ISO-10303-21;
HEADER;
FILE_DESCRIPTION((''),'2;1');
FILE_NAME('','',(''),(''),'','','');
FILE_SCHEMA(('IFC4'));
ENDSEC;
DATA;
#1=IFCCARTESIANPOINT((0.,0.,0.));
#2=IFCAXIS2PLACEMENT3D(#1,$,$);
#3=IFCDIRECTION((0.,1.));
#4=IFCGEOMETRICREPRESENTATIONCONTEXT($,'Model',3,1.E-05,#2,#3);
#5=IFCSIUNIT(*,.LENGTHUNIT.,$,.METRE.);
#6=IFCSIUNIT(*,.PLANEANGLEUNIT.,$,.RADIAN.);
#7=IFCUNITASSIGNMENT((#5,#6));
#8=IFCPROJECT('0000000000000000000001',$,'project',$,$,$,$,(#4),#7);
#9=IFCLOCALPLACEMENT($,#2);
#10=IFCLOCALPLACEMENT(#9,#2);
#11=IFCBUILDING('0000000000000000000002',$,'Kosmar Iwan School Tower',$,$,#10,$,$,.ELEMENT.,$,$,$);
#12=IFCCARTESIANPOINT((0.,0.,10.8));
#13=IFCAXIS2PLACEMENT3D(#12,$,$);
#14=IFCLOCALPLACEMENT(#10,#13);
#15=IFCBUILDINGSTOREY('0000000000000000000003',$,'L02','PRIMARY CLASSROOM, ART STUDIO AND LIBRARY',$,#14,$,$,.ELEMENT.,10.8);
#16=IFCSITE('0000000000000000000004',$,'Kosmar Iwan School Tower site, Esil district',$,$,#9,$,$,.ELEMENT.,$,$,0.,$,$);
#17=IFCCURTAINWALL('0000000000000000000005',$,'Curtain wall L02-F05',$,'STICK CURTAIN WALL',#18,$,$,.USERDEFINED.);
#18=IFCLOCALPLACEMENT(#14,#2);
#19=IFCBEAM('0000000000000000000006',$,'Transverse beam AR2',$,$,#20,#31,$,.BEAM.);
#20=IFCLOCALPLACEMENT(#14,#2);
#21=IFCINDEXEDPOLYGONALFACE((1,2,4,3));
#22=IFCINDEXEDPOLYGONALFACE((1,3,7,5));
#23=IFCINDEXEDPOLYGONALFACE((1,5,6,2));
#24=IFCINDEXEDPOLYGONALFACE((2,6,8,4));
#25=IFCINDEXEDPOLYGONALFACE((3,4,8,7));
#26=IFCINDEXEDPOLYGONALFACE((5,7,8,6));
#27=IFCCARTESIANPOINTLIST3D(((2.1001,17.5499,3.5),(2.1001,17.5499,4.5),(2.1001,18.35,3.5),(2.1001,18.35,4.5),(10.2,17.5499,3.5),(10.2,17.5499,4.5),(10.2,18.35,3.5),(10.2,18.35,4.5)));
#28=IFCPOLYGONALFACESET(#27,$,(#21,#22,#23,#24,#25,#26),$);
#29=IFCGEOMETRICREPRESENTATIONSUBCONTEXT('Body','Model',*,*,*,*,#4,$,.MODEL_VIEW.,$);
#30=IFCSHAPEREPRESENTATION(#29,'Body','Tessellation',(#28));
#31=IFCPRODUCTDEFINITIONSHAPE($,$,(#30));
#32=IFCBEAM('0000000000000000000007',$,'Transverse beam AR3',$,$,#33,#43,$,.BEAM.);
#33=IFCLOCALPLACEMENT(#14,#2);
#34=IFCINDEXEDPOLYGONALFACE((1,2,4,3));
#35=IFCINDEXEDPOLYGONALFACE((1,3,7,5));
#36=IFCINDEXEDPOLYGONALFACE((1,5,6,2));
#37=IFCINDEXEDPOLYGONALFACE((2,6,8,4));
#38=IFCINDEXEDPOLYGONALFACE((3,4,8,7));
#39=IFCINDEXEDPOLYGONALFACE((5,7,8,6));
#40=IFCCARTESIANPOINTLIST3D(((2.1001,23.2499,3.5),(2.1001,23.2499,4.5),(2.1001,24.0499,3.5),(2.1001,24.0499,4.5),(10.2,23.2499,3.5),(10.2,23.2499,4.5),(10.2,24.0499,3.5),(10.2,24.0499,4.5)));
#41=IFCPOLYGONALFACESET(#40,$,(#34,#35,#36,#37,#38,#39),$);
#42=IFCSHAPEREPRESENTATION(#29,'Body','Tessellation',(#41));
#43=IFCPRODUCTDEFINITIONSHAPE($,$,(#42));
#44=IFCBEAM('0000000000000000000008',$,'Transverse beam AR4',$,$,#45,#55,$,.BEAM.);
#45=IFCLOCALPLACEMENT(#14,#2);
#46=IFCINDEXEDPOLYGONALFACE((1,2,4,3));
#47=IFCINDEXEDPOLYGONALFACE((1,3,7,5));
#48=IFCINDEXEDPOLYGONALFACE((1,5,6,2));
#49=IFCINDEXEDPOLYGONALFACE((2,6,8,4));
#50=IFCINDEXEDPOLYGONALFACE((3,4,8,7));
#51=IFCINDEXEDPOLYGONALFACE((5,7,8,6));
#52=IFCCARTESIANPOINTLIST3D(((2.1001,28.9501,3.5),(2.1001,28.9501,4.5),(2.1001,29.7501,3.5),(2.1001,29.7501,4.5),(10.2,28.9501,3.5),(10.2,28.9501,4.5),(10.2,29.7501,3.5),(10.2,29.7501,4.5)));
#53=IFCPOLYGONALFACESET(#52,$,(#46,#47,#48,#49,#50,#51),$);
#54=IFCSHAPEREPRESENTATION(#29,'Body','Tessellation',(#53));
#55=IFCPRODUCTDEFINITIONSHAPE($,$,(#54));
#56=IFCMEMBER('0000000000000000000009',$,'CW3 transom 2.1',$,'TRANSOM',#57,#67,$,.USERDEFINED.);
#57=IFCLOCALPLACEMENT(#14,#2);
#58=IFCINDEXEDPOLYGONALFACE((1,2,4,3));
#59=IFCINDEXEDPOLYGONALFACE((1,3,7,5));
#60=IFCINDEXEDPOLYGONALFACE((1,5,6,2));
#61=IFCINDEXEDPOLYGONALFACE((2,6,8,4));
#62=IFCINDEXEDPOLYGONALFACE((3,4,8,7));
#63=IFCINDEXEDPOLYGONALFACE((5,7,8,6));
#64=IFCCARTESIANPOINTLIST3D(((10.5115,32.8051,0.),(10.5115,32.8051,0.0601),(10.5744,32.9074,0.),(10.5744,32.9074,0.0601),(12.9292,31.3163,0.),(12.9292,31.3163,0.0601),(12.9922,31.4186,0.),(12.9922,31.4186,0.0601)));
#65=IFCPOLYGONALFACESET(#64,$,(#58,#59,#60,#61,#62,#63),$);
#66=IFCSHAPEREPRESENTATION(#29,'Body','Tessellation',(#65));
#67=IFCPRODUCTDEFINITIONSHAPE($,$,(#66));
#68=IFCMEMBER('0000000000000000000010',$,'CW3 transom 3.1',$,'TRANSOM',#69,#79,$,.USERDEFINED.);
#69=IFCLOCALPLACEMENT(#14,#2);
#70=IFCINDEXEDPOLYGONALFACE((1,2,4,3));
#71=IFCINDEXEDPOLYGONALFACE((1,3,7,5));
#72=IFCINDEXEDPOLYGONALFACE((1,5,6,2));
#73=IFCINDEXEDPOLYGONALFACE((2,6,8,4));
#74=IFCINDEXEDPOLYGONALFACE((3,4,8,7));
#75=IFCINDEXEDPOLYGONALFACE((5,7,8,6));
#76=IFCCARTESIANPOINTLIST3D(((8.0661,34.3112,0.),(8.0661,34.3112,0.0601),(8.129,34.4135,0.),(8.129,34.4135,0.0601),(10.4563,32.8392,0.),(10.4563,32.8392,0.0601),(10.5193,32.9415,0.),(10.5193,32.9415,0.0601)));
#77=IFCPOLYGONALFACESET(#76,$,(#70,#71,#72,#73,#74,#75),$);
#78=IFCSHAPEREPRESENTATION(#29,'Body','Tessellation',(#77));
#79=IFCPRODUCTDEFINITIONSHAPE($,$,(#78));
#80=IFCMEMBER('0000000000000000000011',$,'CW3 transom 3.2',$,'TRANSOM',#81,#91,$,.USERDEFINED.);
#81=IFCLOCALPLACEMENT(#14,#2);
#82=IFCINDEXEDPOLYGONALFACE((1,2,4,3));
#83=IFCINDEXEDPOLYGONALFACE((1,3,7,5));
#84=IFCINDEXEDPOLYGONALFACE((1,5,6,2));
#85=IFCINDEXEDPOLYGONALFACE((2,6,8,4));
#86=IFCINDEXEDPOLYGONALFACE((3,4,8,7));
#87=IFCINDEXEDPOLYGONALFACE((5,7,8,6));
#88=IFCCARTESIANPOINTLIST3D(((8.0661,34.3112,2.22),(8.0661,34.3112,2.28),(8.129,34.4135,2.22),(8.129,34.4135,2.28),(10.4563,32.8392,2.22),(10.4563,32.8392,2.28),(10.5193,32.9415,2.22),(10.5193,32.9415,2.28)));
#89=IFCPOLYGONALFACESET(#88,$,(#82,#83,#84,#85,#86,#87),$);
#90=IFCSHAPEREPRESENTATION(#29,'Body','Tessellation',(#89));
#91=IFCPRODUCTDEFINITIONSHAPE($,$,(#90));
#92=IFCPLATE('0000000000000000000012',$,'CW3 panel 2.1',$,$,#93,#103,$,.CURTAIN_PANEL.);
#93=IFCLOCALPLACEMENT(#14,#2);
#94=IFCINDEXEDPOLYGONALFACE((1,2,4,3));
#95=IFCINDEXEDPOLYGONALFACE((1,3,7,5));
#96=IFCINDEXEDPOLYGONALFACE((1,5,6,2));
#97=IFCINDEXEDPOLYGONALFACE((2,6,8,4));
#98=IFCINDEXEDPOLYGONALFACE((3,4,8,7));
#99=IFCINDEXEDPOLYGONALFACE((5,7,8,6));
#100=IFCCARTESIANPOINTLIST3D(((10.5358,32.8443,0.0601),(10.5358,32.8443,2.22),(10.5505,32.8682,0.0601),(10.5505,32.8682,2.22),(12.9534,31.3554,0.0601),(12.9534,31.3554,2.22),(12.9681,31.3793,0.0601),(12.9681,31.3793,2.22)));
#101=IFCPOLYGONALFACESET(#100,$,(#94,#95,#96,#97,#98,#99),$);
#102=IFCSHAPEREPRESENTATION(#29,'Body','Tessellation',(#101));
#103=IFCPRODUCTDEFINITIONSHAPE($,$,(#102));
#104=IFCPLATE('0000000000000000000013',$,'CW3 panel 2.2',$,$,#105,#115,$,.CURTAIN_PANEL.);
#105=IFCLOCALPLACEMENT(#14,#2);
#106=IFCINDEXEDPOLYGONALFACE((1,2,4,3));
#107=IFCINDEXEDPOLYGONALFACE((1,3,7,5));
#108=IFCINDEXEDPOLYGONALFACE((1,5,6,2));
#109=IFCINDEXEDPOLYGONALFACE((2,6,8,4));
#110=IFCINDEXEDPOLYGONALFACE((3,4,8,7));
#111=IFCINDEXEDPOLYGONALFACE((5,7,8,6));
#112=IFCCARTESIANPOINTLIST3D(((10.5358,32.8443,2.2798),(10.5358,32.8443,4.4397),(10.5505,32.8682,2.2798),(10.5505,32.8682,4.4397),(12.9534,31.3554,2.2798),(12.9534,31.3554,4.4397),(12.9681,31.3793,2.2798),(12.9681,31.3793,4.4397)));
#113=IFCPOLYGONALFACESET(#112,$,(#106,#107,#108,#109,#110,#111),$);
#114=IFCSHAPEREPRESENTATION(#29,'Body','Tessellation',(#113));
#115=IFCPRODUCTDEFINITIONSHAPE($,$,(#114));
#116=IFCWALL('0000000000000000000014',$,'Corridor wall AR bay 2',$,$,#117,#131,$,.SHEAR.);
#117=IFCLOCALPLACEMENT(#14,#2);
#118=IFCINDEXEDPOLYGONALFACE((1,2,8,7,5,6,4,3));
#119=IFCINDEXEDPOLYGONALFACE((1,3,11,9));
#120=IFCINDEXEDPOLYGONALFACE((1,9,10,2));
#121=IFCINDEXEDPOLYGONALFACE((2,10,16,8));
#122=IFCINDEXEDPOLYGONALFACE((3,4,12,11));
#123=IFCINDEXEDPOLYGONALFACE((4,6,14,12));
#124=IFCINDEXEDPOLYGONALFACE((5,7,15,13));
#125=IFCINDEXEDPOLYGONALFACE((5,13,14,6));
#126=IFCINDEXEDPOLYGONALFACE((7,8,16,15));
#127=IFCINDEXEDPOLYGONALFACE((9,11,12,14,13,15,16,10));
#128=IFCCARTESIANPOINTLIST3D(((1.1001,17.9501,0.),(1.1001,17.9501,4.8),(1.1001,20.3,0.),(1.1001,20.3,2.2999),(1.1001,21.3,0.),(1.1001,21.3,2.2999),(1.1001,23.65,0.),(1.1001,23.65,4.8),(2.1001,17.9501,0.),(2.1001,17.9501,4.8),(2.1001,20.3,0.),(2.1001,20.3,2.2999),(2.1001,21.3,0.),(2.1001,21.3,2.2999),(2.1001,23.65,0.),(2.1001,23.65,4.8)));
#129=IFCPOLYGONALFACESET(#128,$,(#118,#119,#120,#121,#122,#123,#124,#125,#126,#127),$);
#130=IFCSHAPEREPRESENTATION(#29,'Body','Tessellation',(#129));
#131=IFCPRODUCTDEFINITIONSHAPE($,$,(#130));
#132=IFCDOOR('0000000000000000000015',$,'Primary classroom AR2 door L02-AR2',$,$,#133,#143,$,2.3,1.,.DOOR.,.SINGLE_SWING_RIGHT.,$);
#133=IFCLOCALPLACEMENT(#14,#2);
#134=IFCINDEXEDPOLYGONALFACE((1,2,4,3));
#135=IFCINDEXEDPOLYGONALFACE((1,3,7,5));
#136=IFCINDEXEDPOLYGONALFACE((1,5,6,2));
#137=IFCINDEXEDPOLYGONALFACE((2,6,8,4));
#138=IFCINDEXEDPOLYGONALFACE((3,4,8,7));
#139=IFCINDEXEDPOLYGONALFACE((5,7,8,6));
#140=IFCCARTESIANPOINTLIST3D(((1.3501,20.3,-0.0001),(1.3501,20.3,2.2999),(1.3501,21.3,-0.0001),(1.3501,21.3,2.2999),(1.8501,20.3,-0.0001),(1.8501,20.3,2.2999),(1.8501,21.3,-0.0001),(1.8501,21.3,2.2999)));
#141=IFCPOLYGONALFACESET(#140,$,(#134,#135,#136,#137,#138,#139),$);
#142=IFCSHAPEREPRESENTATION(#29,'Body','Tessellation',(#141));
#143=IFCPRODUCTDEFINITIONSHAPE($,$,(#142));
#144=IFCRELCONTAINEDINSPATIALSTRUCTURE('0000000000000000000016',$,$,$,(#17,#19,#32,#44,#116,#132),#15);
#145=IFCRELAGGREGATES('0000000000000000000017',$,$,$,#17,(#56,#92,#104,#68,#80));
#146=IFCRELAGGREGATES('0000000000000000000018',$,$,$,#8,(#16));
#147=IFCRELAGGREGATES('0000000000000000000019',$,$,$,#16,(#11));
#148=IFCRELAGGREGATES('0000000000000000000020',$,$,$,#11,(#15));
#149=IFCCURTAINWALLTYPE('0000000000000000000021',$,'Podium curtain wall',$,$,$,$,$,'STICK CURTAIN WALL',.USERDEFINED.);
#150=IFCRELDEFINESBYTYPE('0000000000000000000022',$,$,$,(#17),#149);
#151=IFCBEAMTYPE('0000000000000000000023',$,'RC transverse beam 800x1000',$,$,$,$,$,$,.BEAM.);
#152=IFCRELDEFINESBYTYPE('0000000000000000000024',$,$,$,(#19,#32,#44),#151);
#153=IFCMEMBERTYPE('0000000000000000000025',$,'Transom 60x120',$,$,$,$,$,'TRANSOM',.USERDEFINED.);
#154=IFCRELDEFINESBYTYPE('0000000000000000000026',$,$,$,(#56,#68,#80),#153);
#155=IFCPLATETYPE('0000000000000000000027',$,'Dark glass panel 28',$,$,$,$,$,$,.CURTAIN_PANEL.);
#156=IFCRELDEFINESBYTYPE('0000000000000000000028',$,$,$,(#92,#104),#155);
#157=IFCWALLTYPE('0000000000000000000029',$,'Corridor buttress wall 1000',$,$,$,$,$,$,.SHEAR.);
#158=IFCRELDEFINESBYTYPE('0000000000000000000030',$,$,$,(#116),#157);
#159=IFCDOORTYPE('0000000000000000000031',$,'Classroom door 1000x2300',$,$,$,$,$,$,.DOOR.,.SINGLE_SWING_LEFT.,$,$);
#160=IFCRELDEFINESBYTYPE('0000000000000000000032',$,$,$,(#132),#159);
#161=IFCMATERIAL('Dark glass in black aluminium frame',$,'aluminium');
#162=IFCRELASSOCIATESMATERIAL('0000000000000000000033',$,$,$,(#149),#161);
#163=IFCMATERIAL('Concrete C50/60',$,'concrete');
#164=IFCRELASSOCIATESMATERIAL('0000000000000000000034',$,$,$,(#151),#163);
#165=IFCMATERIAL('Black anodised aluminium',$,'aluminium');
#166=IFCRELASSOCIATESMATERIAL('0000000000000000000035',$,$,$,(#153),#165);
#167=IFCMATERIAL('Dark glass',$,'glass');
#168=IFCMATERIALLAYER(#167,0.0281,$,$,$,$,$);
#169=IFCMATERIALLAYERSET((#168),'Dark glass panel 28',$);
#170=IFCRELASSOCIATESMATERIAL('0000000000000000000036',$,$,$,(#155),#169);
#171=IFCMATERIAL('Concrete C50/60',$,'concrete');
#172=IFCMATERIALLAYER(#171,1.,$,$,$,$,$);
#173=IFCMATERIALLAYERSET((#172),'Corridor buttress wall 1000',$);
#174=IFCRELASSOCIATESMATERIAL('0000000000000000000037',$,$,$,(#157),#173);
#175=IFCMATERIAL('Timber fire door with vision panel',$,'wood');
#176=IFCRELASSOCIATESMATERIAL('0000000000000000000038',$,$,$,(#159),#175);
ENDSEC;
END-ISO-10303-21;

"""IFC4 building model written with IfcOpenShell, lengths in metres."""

from ifc_helpers import new_model, si_unit, direction, frame, frame_2d, origin, origin_2d, place, context, subcontext, project, spatial, rectangle, extrude, material, layer, layer_set, material_profile, profile_set, type_object, element, fill, aggregate, save


model = new_model("IFC4")

# Units and contexts
model_context = context("Model", 3, precision=1e-05, world=origin(), true_north=direction((0.0, 1.0)))
body_context = subcontext(model_context, "Body", "Model", "MODEL_VIEW")
ifc_project = project(units=[si_unit("LENGTHUNIT", "METRE"), si_unit("PLANEANGLEUNIT", "RADIAN")], contexts=[model_context])

# Site, building, storey
site_placement = place(None, origin())
site = spatial("IfcSite", under=ifc_project, at=site_placement, Name="Kosmar Iwan School Tower site, Esil district", CompositionType="ELEMENT", RefElevation=0.0)
building_placement = place(site_placement, origin())
building = spatial("IfcBuilding", under=site, at=building_placement, Name="Kosmar Iwan School Tower", CompositionType="ELEMENT")
storey_placement = place(building_placement, frame((0.0, 0.0, 10.8)))
storey = spatial("IfcBuildingStorey", under=building, at=storey_placement, Name="L02", Description="PRIMARY CLASSROOM, ART STUDIO AND LIBRARY", CompositionType="ELEMENT", Elevation=10.8)

# Curtain wall
ifc_material_1 = material(Name="Dark glass in black aluminium frame", Category="aluminium")
curtain_wall_type = type_object("IfcCurtainWallType", Name="Podium curtain wall", ElementType="STICK CURTAIN WALL", PredefinedType="USERDEFINED", material=ifc_material_1)
curtain_wall_placement = place(storey_placement, origin())
curtain_wall = element("IfcCurtainWall", 1, at=curtain_wall_placement, inside=storey, type_object=curtain_wall_type, Name="Curtain wall L02-F05", ObjectType="STICK CURTAIN WALL", PredefinedType="USERDEFINED")

# Beams
ifc_material_2 = material(Name="Concrete C50/60", Category="concrete")
ifc_material_profile_1 = material_profile(ifc_material_2, rectangle(XDim=0.8, YDim=1.0, at=origin_2d()), Name="RC 800x1000")
ifc_profile_set_1 = profile_set([ifc_material_profile_1], Name="Concrete C50/60")
beam_type_1 = type_object("IfcBeamType", Name="RC transverse beam 800x1000", PredefinedType="BEAM", material=ifc_profile_set_1)
for number, where, z_axis, x_axis, name in (
    (2, (10.2, 17.95, 4.0), (-1.0, 0.0, 0.0), (0.0, -1.0, 0.0), "Transverse beam AR2"),
    (3, (10.2, 23.6499, 4.0), (-1.0, 0.0, 0.0), (0.0, -1.0, 0.0), "Transverse beam AR3"),
    (4, (10.2, 29.3501, 4.0), (-1.0, 0.0, 0.0), (0.0, -1.0, 0.0), "Transverse beam AR4"),
):
    element("IfcBeam", number, at=place(storey_placement, frame(where, z_axis=z_axis, x_axis=x_axis)), inside=storey, type_object=beam_type_1, Name=name, PredefinedType="BEAM", context=body_context, shape_type="SweptSolid", body=[
        extrude(rectangle(XDim=0.8, YDim=1.0, at=origin_2d()), origin(), (0.0, 0.0, 1.0), 8.0999),
    ])

# Members
ifc_material_3 = material(Name="Black anodised aluminium", Category="aluminium")
ifc_material_profile_2 = material_profile(ifc_material_3, rectangle(XDim=0.1201, YDim=0.0601, at=origin_2d()), Name="TRANSOM 60x120")
ifc_profile_set_2 = profile_set([ifc_material_profile_2], Name="Black anodised aluminium")
member_type_1 = type_object("IfcMemberType", Name="Transom 60x120", ElementType="TRANSOM", PredefinedType="USERDEFINED", material=ifc_profile_set_2)
member_1_placement = place(storey_placement, frame((12.9607, 31.3674, 0.03), z_axis=(-0.851511, 0.524337, 0.0), x_axis=(-0.524337, -0.851511, 0.0)))
member_1 = element("IfcMember", 5, at=member_1_placement, type_object=member_type_1, Name="CW3 transom 2.1", ObjectType="TRANSOM", PredefinedType="USERDEFINED", context=body_context, shape_type="SweptSolid", body=[
    extrude(rectangle(XDim=0.1201, YDim=0.0601, at=origin_2d()), origin(), (0.0, 0.0, 1.0), 2.8394),
])
member_2_placement = place(storey_placement, frame((10.4878, 32.8904, 0.03), z_axis=(-0.851488, 0.524374, 0.0), x_axis=(-0.524374, -0.851488, 0.0)))
member_2 = element("IfcMember", 6, at=member_2_placement, type_object=member_type_1, Name="CW3 transom 3.1", ObjectType="TRANSOM", PredefinedType="USERDEFINED", context=body_context, shape_type="SweptSolid", body=[
    extrude(rectangle(XDim=0.1201, YDim=0.0601, at=origin_2d()), origin(), (0.0, 0.0, 1.0), 2.8071),
])
member_3_placement = place(storey_placement, frame((10.4878, 32.8904, 2.25), z_axis=(-0.851488, 0.524374, 0.0), x_axis=(-0.524374, -0.851488, 0.0)))
member_3 = element("IfcMember", 7, at=member_3_placement, type_object=member_type_1, Name="CW3 transom 3.2", ObjectType="TRANSOM", PredefinedType="USERDEFINED", context=body_context, shape_type="SweptSolid", body=[
    extrude(rectangle(XDim=0.1201, YDim=0.0601, at=origin_2d()), origin(), (0.0, 0.0, 1.0), 2.8071),
])

# Plates
ifc_material_4 = material(Name="Dark glass", Category="glass")
ifc_layer_1 = layer(ifc_material_4, 0.0281)
ifc_layer_set_1 = layer_set([ifc_layer_1], Name="Dark glass panel 28")
plate_type = type_object("IfcPlateType", Name="Dark glass panel 28", PredefinedType="CURTAIN_PANEL", material=ifc_layer_set_1)
plate_1_placement = place(storey_placement, frame((11.752, 32.1118, 0.0601), z_axis=(0.0, 0.0, 1.0), x_axis=(-0.851483, 0.524382, 0.0)))
plate_1 = element("IfcPlate", 8, at=plate_1_placement, type_object=plate_type, Name="CW3 panel 2.1", PredefinedType="CURTAIN_PANEL", context=body_context, shape_type="SweptSolid", body=[
    extrude(rectangle(XDim=2.8394, YDim=0.0281, at=origin_2d()), origin(), (0.0, 0.0, 1.0), 2.1599),
])
plate_2_placement = place(storey_placement, frame((11.752, 32.1118, 2.2798), z_axis=(0.0, 0.0, 1.0), x_axis=(-0.851483, 0.524382, 0.0)))
plate_2 = element("IfcPlate", 9, at=plate_2_placement, type_object=plate_type, Name="CW3 panel 2.2", PredefinedType="CURTAIN_PANEL", context=body_context, shape_type="SweptSolid", body=[
    extrude(rectangle(XDim=2.8394, YDim=0.0281, at=origin_2d()), origin(), (0.0, 0.0, 1.0), 2.1599),
])
aggregate(curtain_wall, [member_1, plate_1, plate_2, member_2, member_3])

# Wall, opening, door
ifc_material_5 = material(Name="Concrete C50/60", Category="concrete")
ifc_layer_2 = layer(ifc_material_5, 1.0)
ifc_layer_set_2 = layer_set([ifc_layer_2], Name="Corridor buttress wall 1000")
wall_type_1 = type_object("IfcWallType", Name="Corridor buttress wall 1000", PredefinedType="SHEAR", material=ifc_layer_set_2)
wall_1_placement = place(storey_placement, frame((1.6001, 17.95, 0.0), z_axis=(0.0, 0.0, 1.0), x_axis=(0.0, 1.0, 0.0)))
wall_1 = element("IfcWall", 10, at=wall_1_placement, inside=storey, type_object=wall_type_1, Name="Corridor wall AR bay 2", PredefinedType="SHEAR", context=body_context, shape_type="SweptSolid", body=[
    extrude(rectangle(XDim=5.7, YDim=1.0, at=frame_2d((2.8501, 0.0))), origin(), (0.0, 0.0, 1.0), 4.8),
])
opening_1_placement = place(wall_1_placement, frame((2.3501, 0.0, 0.0)))
opening_1 = element("IfcOpeningElement", 11, at=opening_1_placement, cuts=wall_1, PredefinedType="OPENING", context=body_context, shape_type="SweptSolid", body=[
    extrude(rectangle(XDim=1.0, YDim=2.3, at=frame_2d((0.5, 1.1499))), frame((0.0, 0.512, 0.0), z_axis=(0.0, -1.0, 0.0), x_axis=(1.0, 0.0, 0.0)), (0.0, 0.0, 1.0), 1.0239),
])
ifc_material_6 = material(Name="Timber fire door with vision panel", Category="wood")
door_type = type_object("IfcDoorType", Name="Classroom door 1000x2300", OperationType="SINGLE_SWING_LEFT", PredefinedType="DOOR", material=ifc_material_6)
door_1_placement = place(opening_1_placement, origin())
door_1 = element("IfcDoor", 12, at=door_1_placement, inside=storey, type_object=door_type, Name="Primary classroom AR2 door L02-AR2", OperationType="SINGLE_SWING_RIGHT", OverallHeight=2.3, OverallWidth=1.0, PredefinedType="DOOR", context=body_context, shape_type="SweptSolid", body=[
    extrude(rectangle(XDim=1.0, YDim=2.3, at=frame_2d((0.5, 1.1499))), frame((0.0, 0.25, 0.0), z_axis=(0.0, -1.0, 0.0), x_axis=(1.0, 0.0, 0.0)), (0.0, 0.0, 1.0), 0.5),
])
fill(opening_1, door_1)

save(model, "model.ifc")
